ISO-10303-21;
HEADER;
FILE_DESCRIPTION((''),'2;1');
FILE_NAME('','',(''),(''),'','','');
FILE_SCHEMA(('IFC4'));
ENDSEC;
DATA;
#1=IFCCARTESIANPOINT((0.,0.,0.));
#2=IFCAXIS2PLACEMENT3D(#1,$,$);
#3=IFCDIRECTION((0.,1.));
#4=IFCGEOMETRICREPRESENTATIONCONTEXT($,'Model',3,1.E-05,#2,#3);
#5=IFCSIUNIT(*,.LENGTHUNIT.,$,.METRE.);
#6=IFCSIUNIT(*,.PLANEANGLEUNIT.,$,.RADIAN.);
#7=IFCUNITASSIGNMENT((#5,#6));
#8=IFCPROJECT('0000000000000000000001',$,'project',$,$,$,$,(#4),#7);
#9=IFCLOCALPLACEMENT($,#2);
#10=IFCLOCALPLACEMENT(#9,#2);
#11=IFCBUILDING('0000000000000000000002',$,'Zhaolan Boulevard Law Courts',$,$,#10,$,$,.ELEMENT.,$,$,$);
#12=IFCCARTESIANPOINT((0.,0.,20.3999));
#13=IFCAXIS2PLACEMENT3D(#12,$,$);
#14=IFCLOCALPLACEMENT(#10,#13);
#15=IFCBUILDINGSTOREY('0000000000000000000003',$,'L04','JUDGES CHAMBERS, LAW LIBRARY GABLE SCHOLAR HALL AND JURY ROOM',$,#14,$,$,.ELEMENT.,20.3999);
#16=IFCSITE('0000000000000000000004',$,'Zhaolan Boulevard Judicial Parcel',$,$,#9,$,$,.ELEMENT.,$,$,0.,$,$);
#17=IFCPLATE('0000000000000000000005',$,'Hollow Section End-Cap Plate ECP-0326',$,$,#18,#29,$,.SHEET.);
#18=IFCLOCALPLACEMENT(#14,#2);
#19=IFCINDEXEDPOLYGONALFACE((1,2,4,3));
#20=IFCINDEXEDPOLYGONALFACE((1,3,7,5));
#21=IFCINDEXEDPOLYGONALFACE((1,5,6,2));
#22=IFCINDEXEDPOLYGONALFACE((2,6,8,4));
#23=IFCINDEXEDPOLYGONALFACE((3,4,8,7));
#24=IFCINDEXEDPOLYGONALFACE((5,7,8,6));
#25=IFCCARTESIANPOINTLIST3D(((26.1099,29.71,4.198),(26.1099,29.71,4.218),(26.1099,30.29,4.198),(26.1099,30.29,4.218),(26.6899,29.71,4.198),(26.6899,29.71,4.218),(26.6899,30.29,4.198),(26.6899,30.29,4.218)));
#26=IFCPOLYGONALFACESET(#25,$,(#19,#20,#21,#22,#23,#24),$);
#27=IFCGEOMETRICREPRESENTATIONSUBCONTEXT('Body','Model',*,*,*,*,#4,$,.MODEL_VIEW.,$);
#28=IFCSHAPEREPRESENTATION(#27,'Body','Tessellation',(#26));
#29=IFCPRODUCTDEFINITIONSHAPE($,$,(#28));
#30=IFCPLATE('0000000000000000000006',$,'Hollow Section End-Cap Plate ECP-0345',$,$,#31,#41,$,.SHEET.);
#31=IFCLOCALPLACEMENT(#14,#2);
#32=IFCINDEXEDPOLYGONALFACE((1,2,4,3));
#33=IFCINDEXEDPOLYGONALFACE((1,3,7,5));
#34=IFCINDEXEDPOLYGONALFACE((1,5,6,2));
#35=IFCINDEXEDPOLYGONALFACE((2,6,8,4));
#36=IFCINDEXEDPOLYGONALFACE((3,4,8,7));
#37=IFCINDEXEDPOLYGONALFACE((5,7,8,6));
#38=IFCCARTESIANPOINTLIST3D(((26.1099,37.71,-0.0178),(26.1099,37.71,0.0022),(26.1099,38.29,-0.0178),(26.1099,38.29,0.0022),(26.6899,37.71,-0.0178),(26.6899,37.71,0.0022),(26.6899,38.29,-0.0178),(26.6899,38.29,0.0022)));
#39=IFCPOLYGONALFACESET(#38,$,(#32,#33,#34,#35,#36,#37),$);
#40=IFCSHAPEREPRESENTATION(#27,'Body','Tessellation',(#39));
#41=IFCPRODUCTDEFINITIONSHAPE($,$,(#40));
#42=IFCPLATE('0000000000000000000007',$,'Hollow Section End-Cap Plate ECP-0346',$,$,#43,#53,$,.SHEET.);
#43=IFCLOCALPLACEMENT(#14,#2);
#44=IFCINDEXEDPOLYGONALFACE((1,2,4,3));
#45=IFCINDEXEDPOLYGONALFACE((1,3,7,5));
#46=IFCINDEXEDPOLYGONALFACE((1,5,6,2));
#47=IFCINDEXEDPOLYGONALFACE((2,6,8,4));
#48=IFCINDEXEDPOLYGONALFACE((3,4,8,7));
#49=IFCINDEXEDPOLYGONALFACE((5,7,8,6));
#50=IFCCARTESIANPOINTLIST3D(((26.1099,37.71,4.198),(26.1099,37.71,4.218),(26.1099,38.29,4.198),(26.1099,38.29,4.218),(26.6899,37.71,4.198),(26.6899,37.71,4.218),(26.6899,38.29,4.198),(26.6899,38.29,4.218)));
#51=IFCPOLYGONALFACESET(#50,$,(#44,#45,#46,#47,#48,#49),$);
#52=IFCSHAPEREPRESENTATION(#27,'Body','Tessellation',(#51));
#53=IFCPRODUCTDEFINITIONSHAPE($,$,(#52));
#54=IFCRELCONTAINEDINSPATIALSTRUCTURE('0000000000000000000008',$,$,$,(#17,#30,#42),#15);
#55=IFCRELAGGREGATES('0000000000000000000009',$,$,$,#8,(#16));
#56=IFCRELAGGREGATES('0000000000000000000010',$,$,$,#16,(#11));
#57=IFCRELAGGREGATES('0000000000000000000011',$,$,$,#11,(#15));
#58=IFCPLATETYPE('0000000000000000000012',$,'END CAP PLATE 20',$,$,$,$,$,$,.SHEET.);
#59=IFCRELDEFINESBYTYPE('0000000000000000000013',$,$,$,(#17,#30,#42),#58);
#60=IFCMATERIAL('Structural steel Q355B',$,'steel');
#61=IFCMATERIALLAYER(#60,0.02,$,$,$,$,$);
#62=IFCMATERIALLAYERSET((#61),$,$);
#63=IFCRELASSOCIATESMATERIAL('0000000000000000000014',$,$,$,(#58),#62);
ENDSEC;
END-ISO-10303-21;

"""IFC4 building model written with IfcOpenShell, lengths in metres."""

from ifc_helpers import new_model, si_unit, direction, frame, origin, origin_2d, place, context, subcontext, project, spatial, rectangle, extrude, material, layer, layer_set, type_object, element, save


model = new_model("IFC4")

# Units and contexts
model_context = context("Model", 3, precision=1e-05, world=origin(), true_north=direction((0.0, 1.0)))
body_context = subcontext(model_context, "Body", "Model", "MODEL_VIEW")
ifc_project = project(units=[si_unit("LENGTHUNIT", "METRE"), si_unit("PLANEANGLEUNIT", "RADIAN")], contexts=[model_context])

# Site, building, storey
site_placement = place(None, origin())
site = spatial("IfcSite", under=ifc_project, at=site_placement, Name="Zhaolan Boulevard Judicial Parcel", CompositionType="ELEMENT", RefElevation=0.0)
building_placement = place(site_placement, origin())
building = spatial("IfcBuilding", under=site, at=building_placement, Name="Zhaolan Boulevard Law Courts", CompositionType="ELEMENT")
storey_placement = place(building_placement, frame((0.0, 0.0, 20.3999)))
storey = spatial("IfcBuildingStorey", under=building, at=storey_placement, Name="L04", Description="JUDGES CHAMBERS, LAW LIBRARY GABLE SCHOLAR HALL AND JURY ROOM", CompositionType="ELEMENT", Elevation=20.3999)

# Plates
ifc_material_1 = material(Name="Structural steel Q355B", Category="steel")
ifc_layer_1 = layer(ifc_material_1, 0.02)
ifc_layer_set_1 = layer_set([ifc_layer_1])
plate_type_1 = type_object("IfcPlateType", Name="END CAP PLATE 20", PredefinedType="SHEET", material=ifc_layer_set_1)
for number, where, z_axis, x_axis, name in (
    (1, (26.3999, 30.0, 4.198), (0.0, 0.0, 1.0), (1.0, 0.0, 0.0), "Hollow Section End-Cap Plate ECP-0326"),
    (2, (26.3999, 38.0, -0.0178), (0.0, 0.0, 1.0), (1.0, 0.0, 0.0), "Hollow Section End-Cap Plate ECP-0345"),
    (3, (26.3999, 38.0, 4.198), (0.0, 0.0, 1.0), (1.0, 0.0, 0.0), "Hollow Section End-Cap Plate ECP-0346"),
):
    element("IfcPlate", number, at=place(storey_placement, frame(where, z_axis=z_axis, x_axis=x_axis)), inside=storey, type_object=plate_type_1, Name=name, PredefinedType="SHEET", context=body_context, shape_type="SweptSolid", body=[
        extrude(rectangle(XDim=0.5801, YDim=0.5801, at=origin_2d()), origin(), (0.0, 0.0, 1.0), 0.02),
    ])

save(model, "model.ifc")
